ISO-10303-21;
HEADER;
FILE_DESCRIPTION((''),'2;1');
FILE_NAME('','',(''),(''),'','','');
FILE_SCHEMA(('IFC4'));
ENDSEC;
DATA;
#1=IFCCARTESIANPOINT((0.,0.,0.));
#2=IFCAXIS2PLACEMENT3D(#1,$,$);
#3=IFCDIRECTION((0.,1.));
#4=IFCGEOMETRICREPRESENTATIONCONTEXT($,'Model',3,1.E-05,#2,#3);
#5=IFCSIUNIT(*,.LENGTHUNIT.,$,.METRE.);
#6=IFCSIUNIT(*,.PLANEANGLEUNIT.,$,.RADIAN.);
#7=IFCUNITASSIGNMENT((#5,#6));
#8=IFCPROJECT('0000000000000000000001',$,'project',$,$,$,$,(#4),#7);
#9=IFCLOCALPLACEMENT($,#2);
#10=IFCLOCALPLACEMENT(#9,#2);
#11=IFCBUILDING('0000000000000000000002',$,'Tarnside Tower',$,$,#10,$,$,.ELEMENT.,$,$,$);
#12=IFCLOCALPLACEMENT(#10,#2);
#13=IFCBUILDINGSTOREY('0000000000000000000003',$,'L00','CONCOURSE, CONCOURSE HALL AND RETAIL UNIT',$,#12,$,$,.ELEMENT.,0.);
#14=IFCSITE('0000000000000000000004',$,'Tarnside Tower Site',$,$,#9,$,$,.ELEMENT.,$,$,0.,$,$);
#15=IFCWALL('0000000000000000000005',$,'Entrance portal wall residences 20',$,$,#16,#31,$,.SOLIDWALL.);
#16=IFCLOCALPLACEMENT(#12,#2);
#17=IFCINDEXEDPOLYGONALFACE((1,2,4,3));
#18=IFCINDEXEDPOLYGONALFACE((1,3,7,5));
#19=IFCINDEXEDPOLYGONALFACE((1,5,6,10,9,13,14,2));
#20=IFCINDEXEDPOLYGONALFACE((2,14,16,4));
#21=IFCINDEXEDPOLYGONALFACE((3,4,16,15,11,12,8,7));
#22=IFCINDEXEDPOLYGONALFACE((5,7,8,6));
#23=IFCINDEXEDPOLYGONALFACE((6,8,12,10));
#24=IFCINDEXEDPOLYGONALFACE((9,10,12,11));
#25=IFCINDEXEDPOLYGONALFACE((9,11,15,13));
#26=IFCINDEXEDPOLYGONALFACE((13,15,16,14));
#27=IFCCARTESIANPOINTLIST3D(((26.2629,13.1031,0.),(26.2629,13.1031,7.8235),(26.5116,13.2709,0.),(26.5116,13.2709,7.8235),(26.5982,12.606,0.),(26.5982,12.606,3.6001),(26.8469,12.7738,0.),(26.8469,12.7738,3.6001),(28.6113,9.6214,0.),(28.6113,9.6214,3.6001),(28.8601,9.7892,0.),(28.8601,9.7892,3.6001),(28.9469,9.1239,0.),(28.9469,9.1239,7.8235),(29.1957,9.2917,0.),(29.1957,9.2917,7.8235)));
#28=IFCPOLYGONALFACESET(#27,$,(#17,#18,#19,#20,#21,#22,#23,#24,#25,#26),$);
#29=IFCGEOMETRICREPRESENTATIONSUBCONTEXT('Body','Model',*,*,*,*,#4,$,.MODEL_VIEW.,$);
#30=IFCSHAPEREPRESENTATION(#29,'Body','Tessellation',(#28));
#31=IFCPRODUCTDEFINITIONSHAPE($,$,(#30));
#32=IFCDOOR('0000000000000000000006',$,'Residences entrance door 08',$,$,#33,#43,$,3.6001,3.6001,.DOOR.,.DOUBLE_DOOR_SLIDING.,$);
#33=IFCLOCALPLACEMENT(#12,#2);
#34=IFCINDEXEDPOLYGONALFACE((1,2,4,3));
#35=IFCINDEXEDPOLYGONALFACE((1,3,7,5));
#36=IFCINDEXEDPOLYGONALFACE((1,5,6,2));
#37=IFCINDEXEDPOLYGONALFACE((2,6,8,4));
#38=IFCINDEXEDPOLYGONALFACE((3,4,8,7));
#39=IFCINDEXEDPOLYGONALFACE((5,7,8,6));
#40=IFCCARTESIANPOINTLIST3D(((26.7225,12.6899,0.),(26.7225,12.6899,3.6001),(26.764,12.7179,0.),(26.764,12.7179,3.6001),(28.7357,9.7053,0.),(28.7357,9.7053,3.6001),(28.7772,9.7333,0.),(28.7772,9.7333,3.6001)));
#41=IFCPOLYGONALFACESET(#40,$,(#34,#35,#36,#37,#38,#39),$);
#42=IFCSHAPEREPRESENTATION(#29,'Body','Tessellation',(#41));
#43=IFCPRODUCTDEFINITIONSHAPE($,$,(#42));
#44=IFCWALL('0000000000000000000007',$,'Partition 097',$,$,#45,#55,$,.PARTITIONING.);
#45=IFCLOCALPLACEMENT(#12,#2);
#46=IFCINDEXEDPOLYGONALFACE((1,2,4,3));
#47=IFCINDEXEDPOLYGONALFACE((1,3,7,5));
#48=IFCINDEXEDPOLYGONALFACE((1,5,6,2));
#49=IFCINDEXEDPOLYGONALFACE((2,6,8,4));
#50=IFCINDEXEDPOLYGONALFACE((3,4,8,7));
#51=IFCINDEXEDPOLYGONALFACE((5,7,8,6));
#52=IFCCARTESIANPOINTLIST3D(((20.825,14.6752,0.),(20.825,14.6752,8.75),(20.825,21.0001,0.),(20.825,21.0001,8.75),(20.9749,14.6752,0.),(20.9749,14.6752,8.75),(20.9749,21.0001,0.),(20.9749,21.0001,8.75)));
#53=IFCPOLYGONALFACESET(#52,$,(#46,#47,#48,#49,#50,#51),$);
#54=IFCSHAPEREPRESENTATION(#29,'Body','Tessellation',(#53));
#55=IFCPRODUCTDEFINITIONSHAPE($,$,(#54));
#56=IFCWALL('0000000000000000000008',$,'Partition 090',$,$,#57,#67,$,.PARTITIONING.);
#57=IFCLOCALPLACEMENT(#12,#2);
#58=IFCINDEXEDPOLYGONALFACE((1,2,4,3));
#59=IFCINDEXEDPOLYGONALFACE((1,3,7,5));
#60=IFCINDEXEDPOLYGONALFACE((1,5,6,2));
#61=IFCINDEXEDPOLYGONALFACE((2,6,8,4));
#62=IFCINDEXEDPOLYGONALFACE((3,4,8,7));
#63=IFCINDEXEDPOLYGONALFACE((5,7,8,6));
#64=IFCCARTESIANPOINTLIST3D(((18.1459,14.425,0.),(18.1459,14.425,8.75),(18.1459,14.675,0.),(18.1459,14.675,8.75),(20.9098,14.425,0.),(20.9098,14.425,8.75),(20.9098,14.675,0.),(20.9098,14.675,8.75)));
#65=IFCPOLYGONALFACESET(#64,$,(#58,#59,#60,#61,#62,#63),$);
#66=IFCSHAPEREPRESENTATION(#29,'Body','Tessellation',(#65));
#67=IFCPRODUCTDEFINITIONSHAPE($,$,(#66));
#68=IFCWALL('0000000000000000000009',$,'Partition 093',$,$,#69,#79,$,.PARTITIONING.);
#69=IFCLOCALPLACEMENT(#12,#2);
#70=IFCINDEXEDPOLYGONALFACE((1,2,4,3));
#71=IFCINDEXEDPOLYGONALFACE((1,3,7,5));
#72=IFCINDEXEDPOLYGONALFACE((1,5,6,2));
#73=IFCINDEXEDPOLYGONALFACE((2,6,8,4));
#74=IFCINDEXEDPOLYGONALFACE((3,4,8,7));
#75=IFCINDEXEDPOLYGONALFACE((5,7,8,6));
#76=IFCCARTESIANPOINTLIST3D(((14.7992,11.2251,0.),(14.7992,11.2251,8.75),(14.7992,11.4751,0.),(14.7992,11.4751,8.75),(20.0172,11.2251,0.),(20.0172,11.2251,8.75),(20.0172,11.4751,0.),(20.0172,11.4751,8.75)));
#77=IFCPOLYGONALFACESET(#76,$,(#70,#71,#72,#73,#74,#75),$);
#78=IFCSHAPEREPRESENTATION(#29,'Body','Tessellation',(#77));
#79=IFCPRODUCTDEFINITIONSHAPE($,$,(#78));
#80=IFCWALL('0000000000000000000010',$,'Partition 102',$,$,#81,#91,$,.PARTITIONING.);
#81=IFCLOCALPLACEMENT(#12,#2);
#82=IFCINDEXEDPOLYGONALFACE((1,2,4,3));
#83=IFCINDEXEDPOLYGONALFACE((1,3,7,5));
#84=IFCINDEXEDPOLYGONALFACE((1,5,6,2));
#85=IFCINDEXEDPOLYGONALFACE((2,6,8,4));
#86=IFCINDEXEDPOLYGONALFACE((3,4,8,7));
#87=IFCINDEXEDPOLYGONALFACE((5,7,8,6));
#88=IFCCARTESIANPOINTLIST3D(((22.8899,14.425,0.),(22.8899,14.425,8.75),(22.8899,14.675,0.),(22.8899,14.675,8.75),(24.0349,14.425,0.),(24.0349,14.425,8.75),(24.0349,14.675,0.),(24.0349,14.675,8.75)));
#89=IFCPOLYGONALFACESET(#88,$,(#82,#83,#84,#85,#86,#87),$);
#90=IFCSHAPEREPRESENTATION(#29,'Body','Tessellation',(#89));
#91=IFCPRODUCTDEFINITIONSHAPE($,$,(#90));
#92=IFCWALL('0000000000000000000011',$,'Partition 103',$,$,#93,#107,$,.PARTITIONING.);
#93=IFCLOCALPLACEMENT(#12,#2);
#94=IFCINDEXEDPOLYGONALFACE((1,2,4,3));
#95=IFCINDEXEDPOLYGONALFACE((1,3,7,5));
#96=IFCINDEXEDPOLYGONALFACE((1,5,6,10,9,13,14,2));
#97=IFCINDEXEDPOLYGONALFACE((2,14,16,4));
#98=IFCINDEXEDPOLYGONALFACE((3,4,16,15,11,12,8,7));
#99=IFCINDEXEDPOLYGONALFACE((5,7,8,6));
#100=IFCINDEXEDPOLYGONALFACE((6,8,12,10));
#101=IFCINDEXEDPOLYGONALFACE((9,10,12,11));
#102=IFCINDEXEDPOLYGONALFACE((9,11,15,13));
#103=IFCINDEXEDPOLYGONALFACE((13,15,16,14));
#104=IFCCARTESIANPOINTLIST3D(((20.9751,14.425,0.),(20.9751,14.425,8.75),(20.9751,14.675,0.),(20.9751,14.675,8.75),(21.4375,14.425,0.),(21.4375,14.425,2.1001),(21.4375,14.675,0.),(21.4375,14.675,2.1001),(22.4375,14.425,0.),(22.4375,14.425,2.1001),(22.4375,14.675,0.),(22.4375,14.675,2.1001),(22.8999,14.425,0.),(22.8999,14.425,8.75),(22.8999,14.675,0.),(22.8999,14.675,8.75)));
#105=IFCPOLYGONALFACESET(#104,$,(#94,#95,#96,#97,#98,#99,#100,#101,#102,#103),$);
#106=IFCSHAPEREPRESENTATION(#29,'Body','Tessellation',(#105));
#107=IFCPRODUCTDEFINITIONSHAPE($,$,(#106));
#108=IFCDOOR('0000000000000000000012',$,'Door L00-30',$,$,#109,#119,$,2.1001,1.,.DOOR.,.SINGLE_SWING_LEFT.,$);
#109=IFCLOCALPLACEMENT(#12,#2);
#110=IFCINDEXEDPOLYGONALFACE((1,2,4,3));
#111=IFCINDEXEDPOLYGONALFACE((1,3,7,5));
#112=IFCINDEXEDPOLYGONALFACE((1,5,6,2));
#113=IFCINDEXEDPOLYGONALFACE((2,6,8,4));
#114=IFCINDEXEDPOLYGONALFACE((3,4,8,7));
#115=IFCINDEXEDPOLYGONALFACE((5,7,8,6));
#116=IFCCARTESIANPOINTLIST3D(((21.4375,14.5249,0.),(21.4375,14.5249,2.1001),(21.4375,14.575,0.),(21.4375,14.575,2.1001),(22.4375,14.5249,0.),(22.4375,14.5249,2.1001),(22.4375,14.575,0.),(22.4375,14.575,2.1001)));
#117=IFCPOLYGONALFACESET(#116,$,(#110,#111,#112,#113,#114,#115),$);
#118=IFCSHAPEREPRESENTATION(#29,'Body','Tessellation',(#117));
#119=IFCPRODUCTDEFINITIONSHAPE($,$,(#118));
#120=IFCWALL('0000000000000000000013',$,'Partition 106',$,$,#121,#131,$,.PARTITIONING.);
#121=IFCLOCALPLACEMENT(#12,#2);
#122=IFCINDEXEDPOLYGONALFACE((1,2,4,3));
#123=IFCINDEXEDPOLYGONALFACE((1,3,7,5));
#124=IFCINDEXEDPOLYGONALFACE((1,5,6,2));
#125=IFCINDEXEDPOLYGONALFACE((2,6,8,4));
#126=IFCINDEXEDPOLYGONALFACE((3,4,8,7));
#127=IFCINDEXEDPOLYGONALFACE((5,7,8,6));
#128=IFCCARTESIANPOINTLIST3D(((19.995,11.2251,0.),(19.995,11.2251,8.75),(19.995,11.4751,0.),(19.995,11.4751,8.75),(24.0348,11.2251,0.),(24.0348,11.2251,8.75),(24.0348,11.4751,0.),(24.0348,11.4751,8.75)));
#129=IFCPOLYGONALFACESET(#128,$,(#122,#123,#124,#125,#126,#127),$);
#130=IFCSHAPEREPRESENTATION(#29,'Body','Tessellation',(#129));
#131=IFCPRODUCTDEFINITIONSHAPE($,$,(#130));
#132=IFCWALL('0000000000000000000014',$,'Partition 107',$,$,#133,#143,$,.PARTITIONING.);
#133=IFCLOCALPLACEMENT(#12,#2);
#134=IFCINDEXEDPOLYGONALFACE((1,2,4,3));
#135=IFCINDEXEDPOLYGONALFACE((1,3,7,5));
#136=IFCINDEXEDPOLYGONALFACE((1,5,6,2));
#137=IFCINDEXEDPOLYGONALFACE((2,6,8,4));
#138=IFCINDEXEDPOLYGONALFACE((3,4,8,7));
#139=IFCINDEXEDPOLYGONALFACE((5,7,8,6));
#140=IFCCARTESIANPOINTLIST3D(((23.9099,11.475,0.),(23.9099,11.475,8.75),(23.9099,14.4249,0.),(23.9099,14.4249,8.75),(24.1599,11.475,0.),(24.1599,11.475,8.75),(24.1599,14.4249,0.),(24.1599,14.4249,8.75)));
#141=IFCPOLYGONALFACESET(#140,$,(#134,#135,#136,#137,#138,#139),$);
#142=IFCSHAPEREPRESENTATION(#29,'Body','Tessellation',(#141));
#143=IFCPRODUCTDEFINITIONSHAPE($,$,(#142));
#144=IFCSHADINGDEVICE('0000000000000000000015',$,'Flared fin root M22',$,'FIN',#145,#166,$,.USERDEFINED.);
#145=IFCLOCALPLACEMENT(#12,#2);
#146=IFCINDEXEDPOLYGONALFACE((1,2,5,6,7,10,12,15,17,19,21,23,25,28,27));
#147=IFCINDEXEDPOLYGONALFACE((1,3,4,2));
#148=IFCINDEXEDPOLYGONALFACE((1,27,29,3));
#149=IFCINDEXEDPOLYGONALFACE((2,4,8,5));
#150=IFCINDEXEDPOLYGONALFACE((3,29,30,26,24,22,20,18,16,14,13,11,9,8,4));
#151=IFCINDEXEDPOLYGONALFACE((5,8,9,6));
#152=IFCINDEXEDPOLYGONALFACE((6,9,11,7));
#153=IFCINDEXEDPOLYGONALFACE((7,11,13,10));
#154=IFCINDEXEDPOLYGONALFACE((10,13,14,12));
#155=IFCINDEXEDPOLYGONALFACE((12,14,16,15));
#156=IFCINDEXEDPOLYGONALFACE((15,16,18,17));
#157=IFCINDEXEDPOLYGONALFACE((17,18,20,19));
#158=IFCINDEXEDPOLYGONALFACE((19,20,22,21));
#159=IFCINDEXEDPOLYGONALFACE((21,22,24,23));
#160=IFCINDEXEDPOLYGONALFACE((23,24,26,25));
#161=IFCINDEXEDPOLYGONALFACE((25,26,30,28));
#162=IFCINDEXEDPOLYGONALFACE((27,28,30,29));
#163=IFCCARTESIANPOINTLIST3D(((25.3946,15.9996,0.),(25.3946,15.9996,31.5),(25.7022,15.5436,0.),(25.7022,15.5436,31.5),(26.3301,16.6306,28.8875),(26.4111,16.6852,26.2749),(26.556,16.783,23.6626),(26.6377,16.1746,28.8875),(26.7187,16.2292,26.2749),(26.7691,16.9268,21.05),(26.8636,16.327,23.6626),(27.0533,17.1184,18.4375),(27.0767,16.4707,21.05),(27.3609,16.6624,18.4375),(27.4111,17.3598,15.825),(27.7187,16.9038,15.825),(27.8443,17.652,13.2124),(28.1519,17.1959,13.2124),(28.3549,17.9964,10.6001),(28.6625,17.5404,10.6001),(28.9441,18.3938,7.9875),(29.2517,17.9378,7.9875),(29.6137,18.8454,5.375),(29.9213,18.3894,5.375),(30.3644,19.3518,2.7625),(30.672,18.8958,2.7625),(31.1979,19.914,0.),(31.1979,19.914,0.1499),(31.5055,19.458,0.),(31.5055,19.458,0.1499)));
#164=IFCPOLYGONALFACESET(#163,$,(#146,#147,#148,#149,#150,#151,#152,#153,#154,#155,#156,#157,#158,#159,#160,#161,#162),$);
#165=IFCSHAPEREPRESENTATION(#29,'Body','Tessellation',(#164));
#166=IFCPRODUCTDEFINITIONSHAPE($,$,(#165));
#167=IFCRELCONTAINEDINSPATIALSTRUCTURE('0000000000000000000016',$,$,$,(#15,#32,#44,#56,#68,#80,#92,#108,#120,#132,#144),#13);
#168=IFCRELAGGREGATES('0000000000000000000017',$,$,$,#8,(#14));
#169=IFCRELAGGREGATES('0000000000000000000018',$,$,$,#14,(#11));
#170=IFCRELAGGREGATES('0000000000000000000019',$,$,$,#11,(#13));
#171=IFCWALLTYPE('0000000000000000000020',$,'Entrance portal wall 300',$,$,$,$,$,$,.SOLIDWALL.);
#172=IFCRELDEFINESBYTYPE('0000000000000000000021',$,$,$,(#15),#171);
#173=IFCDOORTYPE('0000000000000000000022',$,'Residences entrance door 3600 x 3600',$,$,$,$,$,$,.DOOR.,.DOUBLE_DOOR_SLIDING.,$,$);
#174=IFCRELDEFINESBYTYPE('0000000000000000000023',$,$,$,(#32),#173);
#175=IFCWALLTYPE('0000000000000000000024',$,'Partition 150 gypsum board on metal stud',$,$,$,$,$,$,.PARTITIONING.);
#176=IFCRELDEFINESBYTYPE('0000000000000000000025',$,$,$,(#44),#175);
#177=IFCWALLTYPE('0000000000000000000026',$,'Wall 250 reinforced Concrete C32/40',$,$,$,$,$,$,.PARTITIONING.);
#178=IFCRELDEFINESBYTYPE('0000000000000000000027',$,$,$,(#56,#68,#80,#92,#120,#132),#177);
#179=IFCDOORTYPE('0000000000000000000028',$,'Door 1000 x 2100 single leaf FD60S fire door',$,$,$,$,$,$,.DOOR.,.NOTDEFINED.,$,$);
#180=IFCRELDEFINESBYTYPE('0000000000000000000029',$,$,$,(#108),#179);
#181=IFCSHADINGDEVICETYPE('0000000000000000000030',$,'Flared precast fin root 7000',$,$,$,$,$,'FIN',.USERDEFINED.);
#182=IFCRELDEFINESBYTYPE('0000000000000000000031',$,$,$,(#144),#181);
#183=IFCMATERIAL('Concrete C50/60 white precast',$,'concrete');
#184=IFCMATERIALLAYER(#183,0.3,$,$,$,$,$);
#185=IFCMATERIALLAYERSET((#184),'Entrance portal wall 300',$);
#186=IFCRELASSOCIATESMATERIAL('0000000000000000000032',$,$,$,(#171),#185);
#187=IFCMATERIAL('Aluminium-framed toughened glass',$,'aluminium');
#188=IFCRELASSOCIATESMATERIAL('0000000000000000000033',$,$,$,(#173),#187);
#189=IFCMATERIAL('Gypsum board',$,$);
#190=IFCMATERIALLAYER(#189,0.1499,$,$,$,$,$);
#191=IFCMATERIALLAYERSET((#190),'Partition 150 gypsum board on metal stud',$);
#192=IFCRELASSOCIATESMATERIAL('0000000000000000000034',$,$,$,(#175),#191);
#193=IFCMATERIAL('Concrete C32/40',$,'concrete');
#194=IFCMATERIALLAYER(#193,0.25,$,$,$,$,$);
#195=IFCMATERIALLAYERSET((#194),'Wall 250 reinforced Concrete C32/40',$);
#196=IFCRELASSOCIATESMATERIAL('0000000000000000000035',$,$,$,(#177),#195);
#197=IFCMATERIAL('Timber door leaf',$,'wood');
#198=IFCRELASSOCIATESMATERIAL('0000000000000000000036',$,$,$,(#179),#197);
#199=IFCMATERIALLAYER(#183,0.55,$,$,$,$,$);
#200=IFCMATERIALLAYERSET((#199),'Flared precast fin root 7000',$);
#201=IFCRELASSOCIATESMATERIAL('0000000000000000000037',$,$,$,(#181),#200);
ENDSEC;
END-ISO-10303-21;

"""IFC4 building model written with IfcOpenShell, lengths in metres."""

from ifc_helpers import new_model, si_unit, direction, frame, frame_2d, origin, place, context, subcontext, project, spatial, polyline, rectangle, outline, extrude, material, layer, layer_set, type_object, element, fill, save


model = new_model("IFC4")

# Units and contexts
model_context = context("Model", 3, precision=1e-05, world=origin(), true_north=direction((0.0, 1.0)))
body_context = subcontext(model_context, "Body", "Model", "MODEL_VIEW")
ifc_project = project(units=[si_unit("LENGTHUNIT", "METRE"), si_unit("PLANEANGLEUNIT", "RADIAN")], contexts=[model_context])

# Site, building, storey
site_placement = place(None, origin())
site = spatial("IfcSite", under=ifc_project, at=site_placement, Name="Tarnside Tower Site", CompositionType="ELEMENT", RefElevation=0.0)
building_placement = place(site_placement, origin())
building = spatial("IfcBuilding", under=site, at=building_placement, Name="Tarnside Tower", CompositionType="ELEMENT")
storey_placement = place(building_placement, origin())
storey = spatial("IfcBuildingStorey", under=building, at=storey_placement, Name="L00", Description="CONCOURSE, CONCOURSE HALL AND RETAIL UNIT", CompositionType="ELEMENT", Elevation=0.0)

# Wall, opening, door
ifc_material_1 = material(Name="Concrete C50/60 white precast", Category="concrete")
ifc_layer_1 = layer(ifc_material_1, 0.3)
ifc_layer_set_1 = layer_set([ifc_layer_1], Name="Entrance portal wall 300")
wall_type_1 = type_object("IfcWallType", Name="Entrance portal wall 300", PredefinedType="SOLIDWALL", material=ifc_layer_set_1)
wall_1_placement = place(storey_placement, frame((29.0713, 9.2078, 0.0), z_axis=(0.0, 0.0, 1.0), x_axis=(-0.559199, 0.829033, 0.0)))
wall_1 = element("IfcWall", 1, at=wall_1_placement, inside=storey, type_object=wall_type_1, Name="Entrance portal wall residences 20", PredefinedType="SOLIDWALL", context=body_context, shape_type="SweptSolid", body=[
    extrude(rectangle(XDim=4.7998, YDim=0.3, at=frame_2d((2.3999, 0.0))), origin(), (0.0, 0.0, 1.0), 7.8235),
])
opening_1_placement = place(wall_1_placement, frame((0.6001, 0.0, 0.0)))
opening_1 = element("IfcOpeningElement", 2, at=opening_1_placement, cuts=wall_1, PredefinedType="OPENING", context=body_context, shape_type="SweptSolid", body=[
    extrude(rectangle(XDim=3.6001, YDim=3.6001, at=frame_2d((1.8, 1.8))), frame((0.0, 0.1602, 0.0), z_axis=(0.0, -1.0, 0.0), x_axis=(1.0, 0.0, 0.0)), (0.0, 0.0, 1.0), 0.3201),
])
ifc_material_2 = material(Name="Aluminium-framed toughened glass", Category="aluminium")
door_type_1 = type_object("IfcDoorType", Name="Residences entrance door 3600 x 3600", OperationType="DOUBLE_DOOR_SLIDING", PredefinedType="DOOR", material=ifc_material_2)
door_1_placement = place(opening_1_placement, frame((0.0, -0.0249, 0.0)))
door_1 = element("IfcDoor", 3, at=door_1_placement, inside=storey, type_object=door_type_1, Name="Residences entrance door 08", OperationType="DOUBLE_DOOR_SLIDING", OverallHeight=3.6001, OverallWidth=3.6001, PredefinedType="DOOR", context=body_context, shape_type="SweptSolid", body=[
    extrude(rectangle(XDim=3.6001, YDim=3.6001, at=frame_2d((1.8, 1.8))), frame((0.0, 0.0249, 0.0), z_axis=(0.0, -1.0, 0.0), x_axis=(1.0, 0.0, 0.0)), (0.0, 0.0, 1.0), 0.05),
])
fill(opening_1, door_1)

# Walls
ifc_material_3 = material(Name="Gypsum board")
ifc_layer_2 = layer(ifc_material_3, 0.1499)
ifc_layer_set_2 = layer_set([ifc_layer_2], Name="Partition 150 gypsum board on metal stud")
wall_type_2 = type_object("IfcWallType", Name="Partition 150 gypsum board on metal stud", PredefinedType="PARTITIONING", material=ifc_layer_set_2)
wall_2_placement = place(storey_placement, frame((20.8999, 14.675, 0.0), z_axis=(0.0, 0.0, 1.0), x_axis=(0.0, 1.0, 0.0)))
element("IfcWall", 4, at=wall_2_placement, inside=storey, type_object=wall_type_2, Name="Partition 097", PredefinedType="PARTITIONING", context=body_context, shape_type="SweptSolid", body=[
    extrude(rectangle(XDim=6.325, YDim=0.1499, at=frame_2d((3.1626, 0.0))), origin(), (0.0, 0.0, 1.0), 8.75),
])
ifc_material_4 = material(Name="Concrete C32/40", Category="concrete")
ifc_layer_3 = layer(ifc_material_4, 0.25)
ifc_layer_set_3 = layer_set([ifc_layer_3], Name="Wall 250 reinforced Concrete C32/40")
wall_type_3 = type_object("IfcWallType", Name="Wall 250 reinforced Concrete C32/40", PredefinedType="PARTITIONING", material=ifc_layer_set_3)
wall_3_placement = place(storey_placement, frame((18.146, 14.55, 0.0), z_axis=(0.0, 0.0, 1.0), x_axis=(1.0, 0.0, 0.0)))
element("IfcWall", 5, at=wall_3_placement, inside=storey, type_object=wall_type_3, Name="Partition 090", PredefinedType="PARTITIONING", context=body_context, shape_type="SweptSolid", body=[
    extrude(rectangle(XDim=2.7639, YDim=0.25, at=frame_2d((1.3818, 0.0))), origin(), (0.0, 0.0, 1.0), 8.75),
])
wall_4_placement = place(storey_placement, frame((20.0171, 11.3501, 0.0), z_axis=(0.0, 0.0, 1.0), x_axis=(-1.0, 0.0, 0.0)))
element("IfcWall", 6, at=wall_4_placement, inside=storey, type_object=wall_type_3, Name="Partition 093", PredefinedType="PARTITIONING", context=body_context, shape_type="SweptSolid", body=[
    extrude(rectangle(XDim=5.218, YDim=0.25, at=frame_2d((2.6089, 0.0))), origin(), (0.0, 0.0, 1.0), 8.75),
])
wall_5_placement = place(storey_placement, frame((22.8899, 14.55, 0.0), z_axis=(0.0, 0.0, 1.0), x_axis=(1.0, 0.0, 0.0)))
element("IfcWall", 7, at=wall_5_placement, inside=storey, type_object=wall_type_3, Name="Partition 102", PredefinedType="PARTITIONING", context=body_context, shape_type="SweptSolid", body=[
    extrude(rectangle(XDim=1.145, YDim=0.25, at=frame_2d((0.5725, 0.0))), origin(), (0.0, 0.0, 1.0), 8.75),
])

# Wall, opening, door
wall_6_placement = place(storey_placement, frame((20.9751, 14.55, 0.0), z_axis=(0.0, 0.0, 1.0), x_axis=(1.0, 0.0, 0.0)))
wall_6 = element("IfcWall", 8, at=wall_6_placement, inside=storey, type_object=wall_type_3, Name="Partition 103", PredefinedType="PARTITIONING", context=body_context, shape_type="SweptSolid", body=[
    extrude(rectangle(XDim=1.9248, YDim=0.25, at=frame_2d((0.9624, 0.0))), origin(), (0.0, 0.0, 1.0), 8.75),
])
opening_2_placement = place(wall_6_placement, frame((0.4624, 0.0, 0.0)))
opening_2 = element("IfcOpeningElement", 9, at=opening_2_placement, cuts=wall_6, PredefinedType="OPENING", context=body_context, shape_type="SweptSolid", body=[
    extrude(rectangle(XDim=1.0, YDim=2.1001, at=frame_2d((0.5, 1.05))), frame((0.0, 0.135, 0.0), z_axis=(0.0, -1.0, 0.0), x_axis=(1.0, 0.0, 0.0)), (0.0, 0.0, 1.0), 0.27),
])
ifc_material_5 = material(Name="Timber door leaf", Category="wood")
door_type_2 = type_object("IfcDoorType", Name="Door 1000 x 2100 single leaf FD60S fire door", OperationType="NOTDEFINED", PredefinedType="DOOR", material=ifc_material_5)
door_2_placement = place(opening_2_placement, origin())
door_2 = element("IfcDoor", 10, at=door_2_placement, inside=storey, type_object=door_type_2, Name="Door L00-30", OperationType="SINGLE_SWING_LEFT", OverallHeight=2.1001, OverallWidth=1.0, PredefinedType="DOOR", context=body_context, shape_type="SweptSolid", body=[
    extrude(rectangle(XDim=1.0, YDim=2.1001, at=frame_2d((0.5, 1.05))), frame((0.0, 0.0249, 0.0), z_axis=(0.0, -1.0, 0.0), x_axis=(1.0, 0.0, 0.0)), (0.0, 0.0, 1.0), 0.05),
])
fill(opening_2, door_2)

# Walls
wall_7_placement = place(storey_placement, frame((24.0349, 11.3501, 0.0), z_axis=(0.0, 0.0, 1.0), x_axis=(-1.0, 0.0, 0.0)))
element("IfcWall", 11, at=wall_7_placement, inside=storey, type_object=wall_type_3, Name="Partition 106", PredefinedType="PARTITIONING", context=body_context, shape_type="SweptSolid", body=[
    extrude(rectangle(XDim=4.0398, YDim=0.25, at=frame_2d((2.02, 0.0))), origin(), (0.0, 0.0, 1.0), 8.75),
])
wall_8_placement = place(storey_placement, frame((24.0349, 14.425, 0.0), z_axis=(0.0, 0.0, 1.0), x_axis=(0.0, -1.0, 0.0)))
element("IfcWall", 12, at=wall_8_placement, inside=storey, type_object=wall_type_3, Name="Partition 107", PredefinedType="PARTITIONING", context=body_context, shape_type="SweptSolid", body=[
    extrude(rectangle(XDim=2.95, YDim=0.25, at=frame_2d((1.4751, 0.0))), origin(), (0.0, 0.0, 1.0), 8.75),
])

# Shading device
ifc_layer_4 = layer(ifc_material_1, 0.55)
ifc_layer_set_4 = layer_set([ifc_layer_4], Name="Flared precast fin root 7000")
shading_device_type = type_object("IfcShadingDeviceType", Name="Flared precast fin root 7000", ElementType="FIN", PredefinedType="USERDEFINED", material=ifc_layer_set_4)
shading_device_placement = place(storey_placement, frame((25.5483, 15.7717, 0.0), z_axis=(0.559193, -0.829038, 0.0), x_axis=(0.829038, 0.559193, 0.0)))
element("IfcShadingDevice", 13, at=shading_device_placement, inside=storey, type_object=shading_device_type, Name="Flared fin root M22", ObjectType="FIN", PredefinedType="USERDEFINED", context=body_context, shape_type="SweptSolid", body=[
    extrude(outline(polyline([(0.0, 0.0), (7.0, 0.0), (7.0, 0.1499), (5.9946, 2.7625), (5.0891, 5.375), (4.2815, 7.9875), (3.5708, 10.6001), (2.9548, 13.2124), (2.4324, 15.825), (2.0007, 18.4375), (1.658, 21.05), (1.4009, 23.6626), (1.2261, 26.2749), (1.1284, 28.8875), (0.0, 31.5), (0.0, 0.0)])), frame((0.0, 0.0, -0.2749)), (0.0, 0.0, 1.0), 0.55),
])

save(model, "model.ifc")
